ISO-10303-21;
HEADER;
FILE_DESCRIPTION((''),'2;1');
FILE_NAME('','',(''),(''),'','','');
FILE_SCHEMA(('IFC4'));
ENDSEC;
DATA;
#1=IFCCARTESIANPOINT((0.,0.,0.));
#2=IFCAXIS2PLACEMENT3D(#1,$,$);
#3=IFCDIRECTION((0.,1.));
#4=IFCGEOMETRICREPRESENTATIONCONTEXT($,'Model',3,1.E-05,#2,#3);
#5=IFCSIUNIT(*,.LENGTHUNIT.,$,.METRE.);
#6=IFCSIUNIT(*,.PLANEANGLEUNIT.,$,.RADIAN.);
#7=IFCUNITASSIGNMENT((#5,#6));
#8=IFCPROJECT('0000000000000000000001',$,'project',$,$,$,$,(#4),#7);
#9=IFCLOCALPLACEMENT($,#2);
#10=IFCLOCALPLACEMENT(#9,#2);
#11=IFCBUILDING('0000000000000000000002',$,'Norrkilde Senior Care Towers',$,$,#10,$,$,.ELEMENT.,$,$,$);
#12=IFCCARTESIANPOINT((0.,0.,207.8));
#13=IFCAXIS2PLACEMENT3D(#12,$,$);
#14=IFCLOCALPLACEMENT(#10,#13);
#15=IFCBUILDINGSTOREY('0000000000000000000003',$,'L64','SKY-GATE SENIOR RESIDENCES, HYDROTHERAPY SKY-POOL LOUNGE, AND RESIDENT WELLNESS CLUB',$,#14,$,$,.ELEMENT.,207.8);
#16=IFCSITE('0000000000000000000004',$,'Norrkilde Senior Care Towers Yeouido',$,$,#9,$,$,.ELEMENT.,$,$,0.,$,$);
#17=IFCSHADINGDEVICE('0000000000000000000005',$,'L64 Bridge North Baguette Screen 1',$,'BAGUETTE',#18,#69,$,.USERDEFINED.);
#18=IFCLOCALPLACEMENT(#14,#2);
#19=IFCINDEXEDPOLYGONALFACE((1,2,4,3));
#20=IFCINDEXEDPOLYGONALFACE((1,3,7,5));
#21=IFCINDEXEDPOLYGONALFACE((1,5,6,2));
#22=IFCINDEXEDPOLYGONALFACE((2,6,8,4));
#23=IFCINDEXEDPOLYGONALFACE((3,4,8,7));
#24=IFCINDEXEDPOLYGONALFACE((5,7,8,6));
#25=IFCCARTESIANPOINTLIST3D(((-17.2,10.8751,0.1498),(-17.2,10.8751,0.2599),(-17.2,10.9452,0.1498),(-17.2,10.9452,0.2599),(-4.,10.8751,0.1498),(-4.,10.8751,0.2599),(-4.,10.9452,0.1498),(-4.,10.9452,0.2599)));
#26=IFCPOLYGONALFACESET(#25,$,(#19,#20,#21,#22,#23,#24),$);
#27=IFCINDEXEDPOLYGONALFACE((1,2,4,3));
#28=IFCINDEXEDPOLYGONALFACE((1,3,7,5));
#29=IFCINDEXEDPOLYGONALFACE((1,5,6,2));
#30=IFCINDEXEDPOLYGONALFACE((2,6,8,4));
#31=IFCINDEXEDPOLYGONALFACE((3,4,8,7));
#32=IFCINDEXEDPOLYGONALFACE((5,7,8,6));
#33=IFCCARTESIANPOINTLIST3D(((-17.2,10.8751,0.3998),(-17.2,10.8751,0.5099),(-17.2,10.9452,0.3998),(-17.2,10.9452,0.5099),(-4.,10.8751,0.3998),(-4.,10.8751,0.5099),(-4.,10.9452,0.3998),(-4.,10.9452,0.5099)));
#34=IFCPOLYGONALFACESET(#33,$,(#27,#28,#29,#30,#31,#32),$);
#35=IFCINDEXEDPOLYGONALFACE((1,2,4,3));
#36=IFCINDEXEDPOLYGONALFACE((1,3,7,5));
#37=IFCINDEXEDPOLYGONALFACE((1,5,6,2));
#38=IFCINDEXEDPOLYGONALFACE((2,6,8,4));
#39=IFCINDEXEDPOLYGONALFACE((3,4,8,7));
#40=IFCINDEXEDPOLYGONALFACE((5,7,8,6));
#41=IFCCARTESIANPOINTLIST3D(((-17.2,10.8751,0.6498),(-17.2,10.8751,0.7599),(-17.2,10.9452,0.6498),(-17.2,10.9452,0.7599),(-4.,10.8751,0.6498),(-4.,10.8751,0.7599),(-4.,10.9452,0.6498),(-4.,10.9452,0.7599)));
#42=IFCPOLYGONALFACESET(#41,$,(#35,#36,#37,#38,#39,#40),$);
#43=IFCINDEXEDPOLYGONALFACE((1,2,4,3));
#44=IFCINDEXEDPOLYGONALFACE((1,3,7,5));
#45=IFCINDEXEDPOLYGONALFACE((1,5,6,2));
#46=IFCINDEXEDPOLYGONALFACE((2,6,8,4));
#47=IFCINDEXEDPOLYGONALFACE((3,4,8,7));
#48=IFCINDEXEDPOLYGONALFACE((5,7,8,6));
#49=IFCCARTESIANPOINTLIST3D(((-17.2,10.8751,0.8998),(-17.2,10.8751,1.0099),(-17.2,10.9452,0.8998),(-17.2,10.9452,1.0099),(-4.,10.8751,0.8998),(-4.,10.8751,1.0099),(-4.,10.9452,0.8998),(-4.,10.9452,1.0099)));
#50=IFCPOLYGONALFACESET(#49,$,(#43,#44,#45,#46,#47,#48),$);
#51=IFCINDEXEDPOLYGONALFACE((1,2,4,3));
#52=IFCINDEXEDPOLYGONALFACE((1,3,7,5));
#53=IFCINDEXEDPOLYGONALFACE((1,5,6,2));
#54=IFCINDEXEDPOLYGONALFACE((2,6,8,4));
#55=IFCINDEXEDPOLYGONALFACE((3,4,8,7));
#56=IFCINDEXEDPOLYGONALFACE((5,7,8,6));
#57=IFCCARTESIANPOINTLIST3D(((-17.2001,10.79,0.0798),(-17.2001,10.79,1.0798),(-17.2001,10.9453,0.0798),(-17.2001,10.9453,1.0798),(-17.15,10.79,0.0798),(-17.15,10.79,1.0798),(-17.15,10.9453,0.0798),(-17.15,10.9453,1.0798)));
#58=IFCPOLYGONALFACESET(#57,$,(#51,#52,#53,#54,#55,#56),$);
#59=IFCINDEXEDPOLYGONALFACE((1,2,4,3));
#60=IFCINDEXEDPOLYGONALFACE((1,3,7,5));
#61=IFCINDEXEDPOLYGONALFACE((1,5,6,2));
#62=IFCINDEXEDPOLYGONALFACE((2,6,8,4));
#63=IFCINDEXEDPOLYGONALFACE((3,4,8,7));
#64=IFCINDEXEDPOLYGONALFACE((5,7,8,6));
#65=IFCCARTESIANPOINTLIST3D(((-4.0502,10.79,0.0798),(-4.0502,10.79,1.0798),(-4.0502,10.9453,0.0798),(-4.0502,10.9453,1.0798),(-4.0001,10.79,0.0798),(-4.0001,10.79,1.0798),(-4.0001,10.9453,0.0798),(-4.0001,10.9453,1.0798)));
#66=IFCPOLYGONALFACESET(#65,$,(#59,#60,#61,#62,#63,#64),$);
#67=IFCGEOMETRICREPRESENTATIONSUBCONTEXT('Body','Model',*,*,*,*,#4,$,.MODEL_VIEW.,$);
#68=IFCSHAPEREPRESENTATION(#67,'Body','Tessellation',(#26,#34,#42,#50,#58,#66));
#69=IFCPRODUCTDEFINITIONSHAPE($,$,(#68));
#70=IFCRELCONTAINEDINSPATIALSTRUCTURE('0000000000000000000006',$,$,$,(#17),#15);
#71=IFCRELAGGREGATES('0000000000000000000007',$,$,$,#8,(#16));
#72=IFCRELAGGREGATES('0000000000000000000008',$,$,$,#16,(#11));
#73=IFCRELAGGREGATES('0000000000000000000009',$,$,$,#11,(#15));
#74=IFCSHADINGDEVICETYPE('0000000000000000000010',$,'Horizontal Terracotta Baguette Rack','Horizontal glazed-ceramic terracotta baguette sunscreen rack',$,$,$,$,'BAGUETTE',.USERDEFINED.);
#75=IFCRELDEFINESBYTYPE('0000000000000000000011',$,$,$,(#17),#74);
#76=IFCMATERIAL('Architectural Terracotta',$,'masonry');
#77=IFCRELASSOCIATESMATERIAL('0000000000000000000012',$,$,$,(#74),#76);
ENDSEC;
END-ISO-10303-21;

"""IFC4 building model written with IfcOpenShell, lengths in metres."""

from ifc_helpers import new_model, si_unit, direction, frame, origin, origin_2d, place, context, subcontext, project, spatial, rectangle, extrude, source, transform, mapped, material, type_object, type_shapes, element, save


model = new_model("IFC4")

# Units and contexts
model_context = context("Model", 3, precision=1e-05, world=origin(), true_north=direction((0.0, 1.0)))
body_context = subcontext(model_context, "Body", "Model", "MODEL_VIEW")
ifc_project = project(units=[si_unit("LENGTHUNIT", "METRE"), si_unit("PLANEANGLEUNIT", "RADIAN")], contexts=[model_context])

# Site, building, storey
site_placement = place(None, origin())
site = spatial("IfcSite", under=ifc_project, at=site_placement, Name="Norrkilde Senior Care Towers Yeouido", CompositionType="ELEMENT", RefElevation=0.0)
building_placement = place(site_placement, origin())
building = spatial("IfcBuilding", under=site, at=building_placement, Name="Norrkilde Senior Care Towers", CompositionType="ELEMENT")
storey_placement = place(building_placement, frame((0.0, 0.0, 207.8)))
storey = spatial("IfcBuildingStorey", under=building, at=storey_placement, Name="L64", Description="SKY-GATE SENIOR RESIDENCES, HYDROTHERAPY SKY-POOL LOUNGE, AND RESIDENT WELLNESS CLUB", CompositionType="ELEMENT", Elevation=207.8)

# Shading device
ifc_material_1 = material(Name="Architectural Terracotta", Category="masonry")
shading_device_type = type_object("IfcShadingDeviceType", Name="Horizontal Terracotta Baguette Rack", Description="Horizontal glazed-ceramic terracotta baguette sunscreen rack", ElementType="BAGUETTE", PredefinedType="USERDEFINED", material=ifc_material_1)
shared_shape_1 = source(origin(), body_context, "Body", "SweptSolid", [
    extrude(rectangle(XDim=0.0701, YDim=0.1101, at=origin_2d()), frame((0.0, 0.0901, 0.125), z_axis=(1.0, 0.0, 0.0), x_axis=(0.0, 1.0, 0.0)), (0.0, 0.0, 1.0), 13.2),
    extrude(rectangle(XDim=0.0701, YDim=0.1101, at=origin_2d()), frame((0.0, 0.0901, 0.375), z_axis=(1.0, 0.0, 0.0), x_axis=(0.0, 1.0, 0.0)), (0.0, 0.0, 1.0), 13.2),
    extrude(rectangle(XDim=0.0701, YDim=0.1101, at=origin_2d()), frame((0.0, 0.0901, 0.625), z_axis=(1.0, 0.0, 0.0), x_axis=(0.0, 1.0, 0.0)), (0.0, 0.0, 1.0), 13.2),
    extrude(rectangle(XDim=0.0701, YDim=0.1101, at=origin_2d()), frame((0.0, 0.0901, 0.875), z_axis=(1.0, 0.0, 0.0), x_axis=(0.0, 1.0, 0.0)), (0.0, 0.0, 1.0), 13.2),
    extrude(rectangle(XDim=0.05, YDim=0.1553, at=origin_2d()), frame((0.0249, 0.0476, 0.0)), (0.0, 0.0, 1.0), 1.0),
    extrude(rectangle(XDim=0.05, YDim=0.1553, at=origin_2d()), frame((13.1748, 0.0476, 0.0)), (0.0, 0.0, 1.0), 1.0),
])
type_shapes(shading_device_type, [shared_shape_1])
shading_device_placement = place(storey_placement, frame((-17.2, 10.8201, 0.0798), z_axis=(0.0, 0.0, 1.0), x_axis=(1.0, 0.0, 0.0)))
element("IfcShadingDevice", 1, at=shading_device_placement, inside=storey, type_object=shading_device_type, Name="L64 Bridge North Baguette Screen 1", ObjectType="BAGUETTE", PredefinedType="USERDEFINED", context=body_context, shape_type="MappedRepresentation", body=[
    mapped(shared_shape_1, transform((0.0, 0.0, 0.0), x_axis=(1.0, 0.0, 0.0), y_axis=(0.0, 1.0, 0.0), z_axis=(0.0, 0.0, 1.0), scale=1.0)),
])

save(model, "model.ifc")
